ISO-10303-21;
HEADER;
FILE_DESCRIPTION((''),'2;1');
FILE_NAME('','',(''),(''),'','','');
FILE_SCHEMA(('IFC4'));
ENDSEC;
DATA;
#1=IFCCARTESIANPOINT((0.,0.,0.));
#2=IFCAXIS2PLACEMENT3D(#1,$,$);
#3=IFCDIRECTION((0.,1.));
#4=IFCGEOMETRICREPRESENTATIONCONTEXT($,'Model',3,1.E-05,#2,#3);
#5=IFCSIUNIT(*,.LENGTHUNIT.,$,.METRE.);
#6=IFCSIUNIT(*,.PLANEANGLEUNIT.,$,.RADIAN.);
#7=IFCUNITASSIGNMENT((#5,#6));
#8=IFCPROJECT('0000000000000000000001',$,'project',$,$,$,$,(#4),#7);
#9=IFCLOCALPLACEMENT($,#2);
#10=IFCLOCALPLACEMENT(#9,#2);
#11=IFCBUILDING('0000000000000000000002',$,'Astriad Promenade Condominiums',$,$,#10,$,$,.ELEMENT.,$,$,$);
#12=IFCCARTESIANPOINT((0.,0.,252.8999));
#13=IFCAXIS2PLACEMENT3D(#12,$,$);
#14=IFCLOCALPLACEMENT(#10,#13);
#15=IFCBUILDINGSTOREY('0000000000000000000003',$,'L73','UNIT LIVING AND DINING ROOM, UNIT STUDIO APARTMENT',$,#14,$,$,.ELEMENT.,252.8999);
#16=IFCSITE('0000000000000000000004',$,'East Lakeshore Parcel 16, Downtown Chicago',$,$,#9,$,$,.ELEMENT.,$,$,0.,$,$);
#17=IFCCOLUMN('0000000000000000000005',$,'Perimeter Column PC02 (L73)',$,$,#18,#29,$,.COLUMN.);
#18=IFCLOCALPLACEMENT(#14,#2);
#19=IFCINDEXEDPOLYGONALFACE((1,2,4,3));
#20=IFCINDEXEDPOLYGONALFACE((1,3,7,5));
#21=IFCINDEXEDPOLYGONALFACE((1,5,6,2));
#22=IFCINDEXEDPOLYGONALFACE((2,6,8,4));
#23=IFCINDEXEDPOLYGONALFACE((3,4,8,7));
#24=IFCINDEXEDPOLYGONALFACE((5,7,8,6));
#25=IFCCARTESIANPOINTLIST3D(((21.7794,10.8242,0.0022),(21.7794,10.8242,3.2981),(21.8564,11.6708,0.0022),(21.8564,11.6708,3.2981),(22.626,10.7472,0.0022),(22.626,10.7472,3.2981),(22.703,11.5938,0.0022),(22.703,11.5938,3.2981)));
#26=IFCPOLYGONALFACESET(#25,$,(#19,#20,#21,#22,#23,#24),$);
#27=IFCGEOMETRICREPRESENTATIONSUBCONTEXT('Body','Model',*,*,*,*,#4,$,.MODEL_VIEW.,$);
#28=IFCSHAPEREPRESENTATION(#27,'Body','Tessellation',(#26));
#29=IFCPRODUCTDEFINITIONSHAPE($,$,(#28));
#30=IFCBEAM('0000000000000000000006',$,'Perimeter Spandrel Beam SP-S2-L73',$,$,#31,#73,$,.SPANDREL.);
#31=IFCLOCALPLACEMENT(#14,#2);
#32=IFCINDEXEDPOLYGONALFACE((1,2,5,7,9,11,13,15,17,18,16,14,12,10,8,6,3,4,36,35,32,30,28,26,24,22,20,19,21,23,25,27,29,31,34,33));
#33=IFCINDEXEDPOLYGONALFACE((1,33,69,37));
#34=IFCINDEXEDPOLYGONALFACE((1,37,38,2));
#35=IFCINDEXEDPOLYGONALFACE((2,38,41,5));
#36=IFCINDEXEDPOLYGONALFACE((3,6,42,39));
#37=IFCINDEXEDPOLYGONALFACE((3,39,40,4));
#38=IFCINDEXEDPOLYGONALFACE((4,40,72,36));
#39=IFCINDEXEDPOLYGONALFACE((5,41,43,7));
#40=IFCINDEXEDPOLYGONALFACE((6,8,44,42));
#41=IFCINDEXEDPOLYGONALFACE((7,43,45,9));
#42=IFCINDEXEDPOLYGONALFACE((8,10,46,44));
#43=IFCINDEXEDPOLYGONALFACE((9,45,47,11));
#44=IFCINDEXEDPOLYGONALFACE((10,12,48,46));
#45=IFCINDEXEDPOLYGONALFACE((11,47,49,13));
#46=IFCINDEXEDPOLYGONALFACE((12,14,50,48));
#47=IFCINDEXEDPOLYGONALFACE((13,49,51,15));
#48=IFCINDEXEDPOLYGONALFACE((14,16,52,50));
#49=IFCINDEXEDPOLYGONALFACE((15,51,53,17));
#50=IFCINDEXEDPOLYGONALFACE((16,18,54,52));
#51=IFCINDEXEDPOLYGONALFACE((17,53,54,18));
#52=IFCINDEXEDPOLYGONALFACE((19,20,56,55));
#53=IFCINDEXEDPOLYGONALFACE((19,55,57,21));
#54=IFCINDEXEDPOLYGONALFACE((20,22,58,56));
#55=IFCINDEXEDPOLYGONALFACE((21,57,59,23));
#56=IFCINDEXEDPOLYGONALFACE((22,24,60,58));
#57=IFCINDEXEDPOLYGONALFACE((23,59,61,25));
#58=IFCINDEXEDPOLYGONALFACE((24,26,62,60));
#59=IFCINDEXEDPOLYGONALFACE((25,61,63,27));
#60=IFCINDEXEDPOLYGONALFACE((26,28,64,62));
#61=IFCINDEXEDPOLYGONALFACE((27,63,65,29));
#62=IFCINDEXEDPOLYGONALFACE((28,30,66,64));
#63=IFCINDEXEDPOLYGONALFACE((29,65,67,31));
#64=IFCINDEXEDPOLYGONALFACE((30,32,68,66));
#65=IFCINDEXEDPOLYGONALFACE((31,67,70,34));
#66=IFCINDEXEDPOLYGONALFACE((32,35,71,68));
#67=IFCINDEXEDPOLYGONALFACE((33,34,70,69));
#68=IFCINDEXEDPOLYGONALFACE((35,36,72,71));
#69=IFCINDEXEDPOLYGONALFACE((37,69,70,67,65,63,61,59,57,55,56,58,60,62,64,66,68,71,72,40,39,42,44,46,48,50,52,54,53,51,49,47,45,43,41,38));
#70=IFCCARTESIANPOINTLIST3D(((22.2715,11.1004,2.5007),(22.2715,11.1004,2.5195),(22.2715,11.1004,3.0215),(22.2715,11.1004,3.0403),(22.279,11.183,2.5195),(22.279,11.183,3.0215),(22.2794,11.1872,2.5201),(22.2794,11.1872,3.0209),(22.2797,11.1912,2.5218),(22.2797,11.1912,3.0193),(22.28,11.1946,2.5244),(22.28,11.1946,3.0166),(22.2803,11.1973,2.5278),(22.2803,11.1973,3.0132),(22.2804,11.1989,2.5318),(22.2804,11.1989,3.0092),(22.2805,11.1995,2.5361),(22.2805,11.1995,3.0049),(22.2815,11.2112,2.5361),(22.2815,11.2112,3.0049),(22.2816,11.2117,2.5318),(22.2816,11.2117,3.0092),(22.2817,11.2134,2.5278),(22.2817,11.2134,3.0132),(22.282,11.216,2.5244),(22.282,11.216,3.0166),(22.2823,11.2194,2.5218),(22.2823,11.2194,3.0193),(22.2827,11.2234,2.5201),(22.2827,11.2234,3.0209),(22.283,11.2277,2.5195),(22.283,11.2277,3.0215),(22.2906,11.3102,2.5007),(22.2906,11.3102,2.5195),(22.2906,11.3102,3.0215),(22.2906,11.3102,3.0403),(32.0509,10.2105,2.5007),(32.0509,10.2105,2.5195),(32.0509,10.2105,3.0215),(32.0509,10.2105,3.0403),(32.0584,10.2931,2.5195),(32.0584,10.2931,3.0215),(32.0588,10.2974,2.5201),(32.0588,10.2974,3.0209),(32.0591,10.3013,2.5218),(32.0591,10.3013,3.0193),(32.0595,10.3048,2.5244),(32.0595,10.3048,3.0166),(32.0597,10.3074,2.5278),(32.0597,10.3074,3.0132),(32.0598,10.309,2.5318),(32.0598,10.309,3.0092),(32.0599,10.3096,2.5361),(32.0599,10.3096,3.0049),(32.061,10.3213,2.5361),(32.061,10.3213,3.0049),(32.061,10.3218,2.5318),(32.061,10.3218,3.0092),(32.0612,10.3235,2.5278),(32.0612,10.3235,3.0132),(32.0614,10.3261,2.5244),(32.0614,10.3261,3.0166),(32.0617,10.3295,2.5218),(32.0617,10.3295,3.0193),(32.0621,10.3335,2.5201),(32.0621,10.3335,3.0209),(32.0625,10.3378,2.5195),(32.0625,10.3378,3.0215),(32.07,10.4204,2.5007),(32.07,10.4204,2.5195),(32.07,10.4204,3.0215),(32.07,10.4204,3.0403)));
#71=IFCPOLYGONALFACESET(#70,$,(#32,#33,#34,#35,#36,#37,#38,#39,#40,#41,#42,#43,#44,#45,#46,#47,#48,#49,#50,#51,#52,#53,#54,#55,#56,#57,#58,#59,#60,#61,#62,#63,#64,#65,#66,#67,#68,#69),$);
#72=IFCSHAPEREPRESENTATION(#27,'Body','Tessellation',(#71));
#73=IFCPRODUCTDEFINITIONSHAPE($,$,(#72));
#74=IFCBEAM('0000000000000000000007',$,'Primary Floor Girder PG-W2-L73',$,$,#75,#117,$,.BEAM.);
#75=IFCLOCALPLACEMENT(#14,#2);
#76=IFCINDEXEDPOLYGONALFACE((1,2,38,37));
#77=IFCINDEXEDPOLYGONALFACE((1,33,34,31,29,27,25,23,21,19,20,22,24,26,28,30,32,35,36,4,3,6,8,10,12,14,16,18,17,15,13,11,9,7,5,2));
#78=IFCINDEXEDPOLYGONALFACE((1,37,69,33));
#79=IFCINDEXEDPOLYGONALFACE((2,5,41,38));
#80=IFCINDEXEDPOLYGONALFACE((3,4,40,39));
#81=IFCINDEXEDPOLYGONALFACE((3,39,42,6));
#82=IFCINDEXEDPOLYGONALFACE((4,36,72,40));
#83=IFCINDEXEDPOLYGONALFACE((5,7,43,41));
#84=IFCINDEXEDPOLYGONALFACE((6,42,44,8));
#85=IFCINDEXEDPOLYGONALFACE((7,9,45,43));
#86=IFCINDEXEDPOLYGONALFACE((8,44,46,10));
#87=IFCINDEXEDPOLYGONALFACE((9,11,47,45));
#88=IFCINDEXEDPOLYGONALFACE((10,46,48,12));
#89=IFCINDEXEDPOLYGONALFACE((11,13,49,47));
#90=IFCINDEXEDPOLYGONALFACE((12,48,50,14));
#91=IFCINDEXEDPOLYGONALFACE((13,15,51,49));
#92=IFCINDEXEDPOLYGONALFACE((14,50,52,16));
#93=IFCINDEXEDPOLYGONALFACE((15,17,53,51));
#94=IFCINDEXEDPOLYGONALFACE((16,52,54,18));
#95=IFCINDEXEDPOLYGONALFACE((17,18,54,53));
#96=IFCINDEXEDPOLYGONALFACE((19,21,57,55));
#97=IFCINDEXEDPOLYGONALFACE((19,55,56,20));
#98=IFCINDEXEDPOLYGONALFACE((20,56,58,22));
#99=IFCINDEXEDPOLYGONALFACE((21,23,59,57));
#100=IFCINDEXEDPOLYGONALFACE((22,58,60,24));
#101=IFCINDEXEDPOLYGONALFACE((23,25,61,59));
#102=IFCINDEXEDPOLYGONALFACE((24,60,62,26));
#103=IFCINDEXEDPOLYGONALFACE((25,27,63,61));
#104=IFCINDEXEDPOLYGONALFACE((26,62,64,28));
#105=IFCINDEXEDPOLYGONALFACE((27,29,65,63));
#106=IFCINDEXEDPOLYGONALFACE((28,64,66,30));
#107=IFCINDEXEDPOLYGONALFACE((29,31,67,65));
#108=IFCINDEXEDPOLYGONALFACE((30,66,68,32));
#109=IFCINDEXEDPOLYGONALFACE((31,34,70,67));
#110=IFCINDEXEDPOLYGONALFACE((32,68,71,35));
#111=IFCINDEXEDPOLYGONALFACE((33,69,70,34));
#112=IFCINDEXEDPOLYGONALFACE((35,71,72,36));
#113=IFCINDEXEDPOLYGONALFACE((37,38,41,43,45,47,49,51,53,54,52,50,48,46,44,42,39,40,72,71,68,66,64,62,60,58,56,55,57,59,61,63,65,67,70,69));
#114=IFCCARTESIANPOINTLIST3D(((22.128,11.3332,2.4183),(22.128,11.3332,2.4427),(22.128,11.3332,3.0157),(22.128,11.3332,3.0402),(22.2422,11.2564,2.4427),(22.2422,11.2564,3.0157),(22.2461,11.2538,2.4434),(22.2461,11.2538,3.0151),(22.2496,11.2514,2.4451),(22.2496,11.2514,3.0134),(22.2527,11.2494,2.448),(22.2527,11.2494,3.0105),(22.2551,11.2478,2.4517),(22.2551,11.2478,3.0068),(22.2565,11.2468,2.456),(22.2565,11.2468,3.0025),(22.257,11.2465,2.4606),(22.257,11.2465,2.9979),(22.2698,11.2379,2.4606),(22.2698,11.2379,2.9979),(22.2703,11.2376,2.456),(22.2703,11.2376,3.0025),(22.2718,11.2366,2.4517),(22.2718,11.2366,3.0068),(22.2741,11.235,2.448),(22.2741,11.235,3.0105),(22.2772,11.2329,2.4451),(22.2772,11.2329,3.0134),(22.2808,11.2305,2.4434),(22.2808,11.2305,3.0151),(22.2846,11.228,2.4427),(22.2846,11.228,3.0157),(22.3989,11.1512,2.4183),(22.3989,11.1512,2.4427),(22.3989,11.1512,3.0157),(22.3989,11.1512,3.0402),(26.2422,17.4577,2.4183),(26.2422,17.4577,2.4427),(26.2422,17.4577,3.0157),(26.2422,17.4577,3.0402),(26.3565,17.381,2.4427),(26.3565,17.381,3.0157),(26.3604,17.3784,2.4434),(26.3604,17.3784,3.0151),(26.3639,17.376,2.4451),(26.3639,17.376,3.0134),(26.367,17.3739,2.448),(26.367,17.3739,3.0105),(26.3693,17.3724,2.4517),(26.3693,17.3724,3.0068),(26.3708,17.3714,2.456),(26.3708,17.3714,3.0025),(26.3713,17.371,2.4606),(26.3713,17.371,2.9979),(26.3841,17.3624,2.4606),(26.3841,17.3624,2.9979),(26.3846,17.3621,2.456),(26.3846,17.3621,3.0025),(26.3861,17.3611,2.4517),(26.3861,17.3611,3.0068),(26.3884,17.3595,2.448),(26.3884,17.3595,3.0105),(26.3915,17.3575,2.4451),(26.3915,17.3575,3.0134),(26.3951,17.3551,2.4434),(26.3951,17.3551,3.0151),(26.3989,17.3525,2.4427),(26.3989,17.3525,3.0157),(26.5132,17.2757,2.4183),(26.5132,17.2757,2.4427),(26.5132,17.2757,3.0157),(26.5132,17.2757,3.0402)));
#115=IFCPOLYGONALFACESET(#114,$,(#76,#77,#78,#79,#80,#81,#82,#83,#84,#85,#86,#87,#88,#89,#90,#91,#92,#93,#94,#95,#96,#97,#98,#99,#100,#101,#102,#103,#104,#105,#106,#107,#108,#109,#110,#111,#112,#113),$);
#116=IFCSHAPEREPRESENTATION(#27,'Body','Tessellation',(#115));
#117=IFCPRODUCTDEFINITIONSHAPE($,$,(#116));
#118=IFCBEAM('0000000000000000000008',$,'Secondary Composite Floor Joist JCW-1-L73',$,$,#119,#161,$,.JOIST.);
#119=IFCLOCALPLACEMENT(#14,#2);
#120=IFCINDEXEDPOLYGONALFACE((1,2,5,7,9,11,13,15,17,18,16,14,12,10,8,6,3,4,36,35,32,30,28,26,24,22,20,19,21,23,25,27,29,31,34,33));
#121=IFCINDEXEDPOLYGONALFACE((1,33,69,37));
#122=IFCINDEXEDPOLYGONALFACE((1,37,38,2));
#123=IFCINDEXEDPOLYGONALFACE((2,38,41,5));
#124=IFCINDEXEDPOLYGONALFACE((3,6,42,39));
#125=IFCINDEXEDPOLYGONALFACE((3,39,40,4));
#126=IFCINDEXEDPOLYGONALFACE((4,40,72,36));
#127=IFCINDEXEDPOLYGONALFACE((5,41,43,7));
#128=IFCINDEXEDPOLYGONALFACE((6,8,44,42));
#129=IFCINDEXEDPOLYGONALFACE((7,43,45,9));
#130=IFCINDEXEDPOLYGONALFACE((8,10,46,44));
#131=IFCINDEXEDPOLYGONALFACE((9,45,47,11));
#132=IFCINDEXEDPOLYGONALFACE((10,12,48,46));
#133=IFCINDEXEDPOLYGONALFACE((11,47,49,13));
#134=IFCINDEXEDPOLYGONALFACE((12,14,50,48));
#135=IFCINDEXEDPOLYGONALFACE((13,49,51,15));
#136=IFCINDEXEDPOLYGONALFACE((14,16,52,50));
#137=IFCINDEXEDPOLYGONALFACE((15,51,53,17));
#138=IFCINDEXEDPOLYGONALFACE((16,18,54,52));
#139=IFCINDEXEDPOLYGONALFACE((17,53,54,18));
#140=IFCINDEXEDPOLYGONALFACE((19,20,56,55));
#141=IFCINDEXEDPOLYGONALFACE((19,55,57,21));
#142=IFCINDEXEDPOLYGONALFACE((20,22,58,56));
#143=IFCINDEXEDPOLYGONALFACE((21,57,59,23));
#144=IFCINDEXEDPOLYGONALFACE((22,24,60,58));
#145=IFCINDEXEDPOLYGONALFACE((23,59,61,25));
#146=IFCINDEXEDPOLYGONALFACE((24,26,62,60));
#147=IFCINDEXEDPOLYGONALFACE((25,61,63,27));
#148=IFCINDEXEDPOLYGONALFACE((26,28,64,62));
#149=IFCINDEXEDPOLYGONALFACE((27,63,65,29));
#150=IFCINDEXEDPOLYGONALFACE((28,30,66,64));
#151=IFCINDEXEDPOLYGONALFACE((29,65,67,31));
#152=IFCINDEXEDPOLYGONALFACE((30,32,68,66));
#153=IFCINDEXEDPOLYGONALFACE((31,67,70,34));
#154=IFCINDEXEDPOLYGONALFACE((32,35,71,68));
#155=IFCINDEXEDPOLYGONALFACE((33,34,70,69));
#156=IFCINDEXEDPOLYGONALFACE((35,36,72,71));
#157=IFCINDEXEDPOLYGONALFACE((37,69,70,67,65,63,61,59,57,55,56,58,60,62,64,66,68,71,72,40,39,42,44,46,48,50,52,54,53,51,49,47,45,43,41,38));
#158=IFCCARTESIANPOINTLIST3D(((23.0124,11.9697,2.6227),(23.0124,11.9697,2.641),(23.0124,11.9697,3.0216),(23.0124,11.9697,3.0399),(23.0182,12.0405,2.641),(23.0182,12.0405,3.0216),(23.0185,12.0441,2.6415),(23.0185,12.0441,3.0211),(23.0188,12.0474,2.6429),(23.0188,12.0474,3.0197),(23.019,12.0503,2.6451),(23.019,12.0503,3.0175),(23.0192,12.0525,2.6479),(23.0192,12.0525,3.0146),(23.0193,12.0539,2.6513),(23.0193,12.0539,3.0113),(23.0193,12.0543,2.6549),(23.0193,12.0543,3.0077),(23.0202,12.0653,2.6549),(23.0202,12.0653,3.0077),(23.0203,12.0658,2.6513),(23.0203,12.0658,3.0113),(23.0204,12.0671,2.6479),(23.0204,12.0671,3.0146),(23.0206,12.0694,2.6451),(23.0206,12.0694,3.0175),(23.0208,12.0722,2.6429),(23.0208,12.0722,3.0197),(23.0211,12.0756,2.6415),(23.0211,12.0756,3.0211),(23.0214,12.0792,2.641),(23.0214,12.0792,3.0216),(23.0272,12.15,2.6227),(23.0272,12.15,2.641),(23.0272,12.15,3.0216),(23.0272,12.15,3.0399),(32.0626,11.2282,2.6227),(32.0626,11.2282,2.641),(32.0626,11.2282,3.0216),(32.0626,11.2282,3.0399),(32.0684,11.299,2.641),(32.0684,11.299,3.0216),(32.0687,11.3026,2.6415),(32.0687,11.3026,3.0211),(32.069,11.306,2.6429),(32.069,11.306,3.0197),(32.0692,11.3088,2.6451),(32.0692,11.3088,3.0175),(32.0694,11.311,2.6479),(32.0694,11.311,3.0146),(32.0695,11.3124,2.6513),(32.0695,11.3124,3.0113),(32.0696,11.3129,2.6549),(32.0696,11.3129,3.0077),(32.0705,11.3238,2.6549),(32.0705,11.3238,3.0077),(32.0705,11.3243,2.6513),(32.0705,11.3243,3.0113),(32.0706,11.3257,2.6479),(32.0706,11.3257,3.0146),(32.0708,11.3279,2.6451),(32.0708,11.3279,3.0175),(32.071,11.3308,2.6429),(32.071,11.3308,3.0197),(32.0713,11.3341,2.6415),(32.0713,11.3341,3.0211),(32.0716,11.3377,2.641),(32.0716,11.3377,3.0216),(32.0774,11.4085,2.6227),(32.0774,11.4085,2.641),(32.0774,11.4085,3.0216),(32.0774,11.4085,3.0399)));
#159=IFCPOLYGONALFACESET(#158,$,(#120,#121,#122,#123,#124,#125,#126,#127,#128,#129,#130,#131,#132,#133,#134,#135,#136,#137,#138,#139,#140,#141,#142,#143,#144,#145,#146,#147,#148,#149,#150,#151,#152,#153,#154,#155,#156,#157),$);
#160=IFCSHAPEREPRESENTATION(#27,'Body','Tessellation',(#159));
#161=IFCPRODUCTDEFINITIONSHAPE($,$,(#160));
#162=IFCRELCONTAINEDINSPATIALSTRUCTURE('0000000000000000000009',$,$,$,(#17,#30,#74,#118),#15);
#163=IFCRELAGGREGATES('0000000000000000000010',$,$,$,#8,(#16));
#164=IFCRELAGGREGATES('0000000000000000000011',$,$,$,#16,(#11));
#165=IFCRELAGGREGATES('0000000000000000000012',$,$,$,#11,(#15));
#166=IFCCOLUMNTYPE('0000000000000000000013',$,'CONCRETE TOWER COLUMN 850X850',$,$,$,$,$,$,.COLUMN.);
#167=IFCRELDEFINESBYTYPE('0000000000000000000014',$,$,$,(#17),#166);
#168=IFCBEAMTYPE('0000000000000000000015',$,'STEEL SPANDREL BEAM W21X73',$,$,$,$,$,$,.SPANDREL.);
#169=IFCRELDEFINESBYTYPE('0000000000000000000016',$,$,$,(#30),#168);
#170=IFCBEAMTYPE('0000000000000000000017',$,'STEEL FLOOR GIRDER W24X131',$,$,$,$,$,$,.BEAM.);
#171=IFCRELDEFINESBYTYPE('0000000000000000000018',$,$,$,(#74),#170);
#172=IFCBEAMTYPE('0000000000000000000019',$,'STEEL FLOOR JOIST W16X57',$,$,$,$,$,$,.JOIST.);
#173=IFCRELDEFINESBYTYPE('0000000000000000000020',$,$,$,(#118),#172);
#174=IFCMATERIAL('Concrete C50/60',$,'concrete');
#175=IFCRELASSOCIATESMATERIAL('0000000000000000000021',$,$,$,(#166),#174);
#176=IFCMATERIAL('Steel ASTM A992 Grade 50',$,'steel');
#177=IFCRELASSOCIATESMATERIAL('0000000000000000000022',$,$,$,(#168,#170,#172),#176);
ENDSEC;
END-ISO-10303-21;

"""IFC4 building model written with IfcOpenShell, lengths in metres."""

from ifc_helpers import new_model, si_unit, direction, frame, origin, origin_2d, place, context, subcontext, project, spatial, rectangle, i_section, extrude, source, transform, mapped, material, material_profile, profile_set, type_object, type_shapes, element, save


model = new_model("IFC4")

# Units and contexts
model_context = context("Model", 3, precision=1e-05, world=origin(), true_north=direction((0.0, 1.0)))
body_context = subcontext(model_context, "Body", "Model", "MODEL_VIEW")
ifc_project = project(units=[si_unit("LENGTHUNIT", "METRE"), si_unit("PLANEANGLEUNIT", "RADIAN")], contexts=[model_context])

# Site, building, storey
site_placement = place(None, origin())
site = spatial("IfcSite", under=ifc_project, at=site_placement, Name="East Lakeshore Parcel 16, Downtown Chicago", CompositionType="ELEMENT", RefElevation=0.0)
building_placement = place(site_placement, origin())
building = spatial("IfcBuilding", under=site, at=building_placement, Name="Astriad Promenade Condominiums", CompositionType="ELEMENT")
storey_placement = place(building_placement, frame((0.0, 0.0, 252.8999)))
storey = spatial("IfcBuildingStorey", under=building, at=storey_placement, Name="L73", Description="UNIT LIVING AND DINING ROOM, UNIT STUDIO APARTMENT", CompositionType="ELEMENT", Elevation=252.8999)

# Column
ifc_material_1 = material(Name="Concrete C50/60", Category="concrete")
ifc_material_profile_1 = material_profile(ifc_material_1, rectangle(XDim=0.8501, YDim=0.8501, at=origin_2d()), Name="RC-COL-850X850")
ifc_profile_set_1 = profile_set([ifc_material_profile_1], Name="Concrete C50/60")
column_type = type_object("IfcColumnType", Name="CONCRETE TOWER COLUMN 850X850", PredefinedType="COLUMN", material=ifc_profile_set_1)
shared_shape_1 = source(origin(), body_context, "Body", "SweptSolid", [
    extrude(rectangle(XDim=0.8501, YDim=0.8501, at=origin_2d()), origin(), (0.0, 0.0, 1.0), 3.2959),
])
type_shapes(column_type, [shared_shape_1])
column_placement = place(storey_placement, frame((22.2412, 11.209, 0.0022), z_axis=(0.0, 0.0, 1.0), x_axis=(0.995884, -0.090633, 0.0)))
element("IfcColumn", 1, at=column_placement, inside=storey, type_object=column_type, Name="Perimeter Column PC02 (L73)", PredefinedType="COLUMN", context=body_context, shape_type="MappedRepresentation", body=[
    mapped(shared_shape_1, transform((0.0, 0.0, 0.0), scale=1.0)),
])

# Beams
ifc_material_2 = material(Name="Steel ASTM A992 Grade 50", Category="steel")
ifc_material_profile_2 = material_profile(ifc_material_2, i_section(OverallWidth=0.2107, OverallDepth=0.5396, WebThickness=0.0117, FlangeThickness=0.0188, FilletRadius=0.0166, at=origin_2d()), Name="W21X73")
ifc_profile_set_2 = profile_set([ifc_material_profile_2], Name="Steel ASTM A992 Grade 50")
beam_type_1 = type_object("IfcBeamType", Name="STEEL SPANDREL BEAM W21X73", PredefinedType="SPANDREL", material=ifc_profile_set_2)
shared_shape_2 = source(origin(), body_context, "Body", "SweptSolid", [
    extrude(i_section(OverallWidth=0.2107, OverallDepth=0.5396, WebThickness=0.0117, FlangeThickness=0.0188, FilletRadius=0.0166, at=origin_2d()), origin(), (0.0, 0.0, 1.0), 9.8198),
])
type_shapes(beam_type_1, [shared_shape_2])
beam_1_placement = place(storey_placement, frame((22.281, 11.2053, 2.7705), z_axis=(0.995885, -0.090621, 0.0), x_axis=(0.090621, 0.995885, 0.0)))
element("IfcBeam", 2, at=beam_1_placement, inside=storey, type_object=beam_type_1, Name="Perimeter Spandrel Beam SP-S2-L73", PredefinedType="SPANDREL", context=body_context, shape_type="MappedRepresentation", body=[
    mapped(shared_shape_2, transform((0.0, 0.0, 0.0), scale=1.0)),
])
ifc_material_profile_3 = material_profile(ifc_material_2, i_section(OverallWidth=0.3264, OverallDepth=0.6218, WebThickness=0.0154, FlangeThickness=0.0244, FilletRadius=0.0178, at=origin_2d()), Name="W24X131")
ifc_profile_set_3 = profile_set([ifc_material_profile_3], Name="Steel ASTM A992 Grade 50")
beam_type_2 = type_object("IfcBeamType", Name="STEEL FLOOR GIRDER W24X131", PredefinedType="BEAM", material=ifc_profile_set_3)
shared_shape_3 = source(origin(), body_context, "Body", "SweptSolid", [
    extrude(i_section(OverallWidth=0.3264, OverallDepth=0.6218, WebThickness=0.0154, FlangeThickness=0.0244, FilletRadius=0.0178, at=origin_2d()), origin(), (0.0, 0.0, 1.0), 7.3782),
])
type_shapes(beam_type_2, [shared_shape_3])
beam_2_placement = place(storey_placement, frame((22.2634, 11.2422, 2.7292), z_axis=(0.557629, 0.83009, 0.0), x_axis=(-0.83009, 0.557629, 0.0)))
element("IfcBeam", 3, at=beam_2_placement, inside=storey, type_object=beam_type_2, Name="Primary Floor Girder PG-W2-L73", PredefinedType="BEAM", context=body_context, shape_type="MappedRepresentation", body=[
    mapped(shared_shape_3, transform((0.0, 0.0, 0.0), scale=1.0)),
])
ifc_material_profile_4 = material_profile(ifc_material_2, i_section(OverallWidth=0.1809, OverallDepth=0.4172, WebThickness=0.011, FlangeThickness=0.0183, FilletRadius=0.0139, at=origin_2d()), Name="W16X57")
ifc_profile_set_4 = profile_set([ifc_material_profile_4], Name="Steel ASTM A992 Grade 50")
beam_type_3 = type_object("IfcBeamType", Name="STEEL FLOOR JOIST W16X57", PredefinedType="JOIST", material=ifc_profile_set_4)
shared_shape_4 = source(origin(), body_context, "Body", "SweptSolid", [
    extrude(i_section(OverallWidth=0.1809, OverallDepth=0.4172, WebThickness=0.011, FlangeThickness=0.0183, FilletRadius=0.0139, at=origin_2d()), origin(), (0.0, 0.0, 1.0), 9.0806),
])
beam_3_placement = place(storey_placement, frame((23.0198, 12.0598, 2.8313), z_axis=(0.996661, -0.081653, 0.0), x_axis=(0.081653, 0.996661, 0.0)))
element("IfcBeam", 4, at=beam_3_placement, inside=storey, type_object=beam_type_3, Name="Secondary Composite Floor Joist JCW-1-L73", PredefinedType="JOIST", context=body_context, shape_type="MappedRepresentation", body=[
    mapped(shared_shape_4, transform((0.0, 0.0, 0.0), scale=1.0)),
])

save(model, "model.ifc")
